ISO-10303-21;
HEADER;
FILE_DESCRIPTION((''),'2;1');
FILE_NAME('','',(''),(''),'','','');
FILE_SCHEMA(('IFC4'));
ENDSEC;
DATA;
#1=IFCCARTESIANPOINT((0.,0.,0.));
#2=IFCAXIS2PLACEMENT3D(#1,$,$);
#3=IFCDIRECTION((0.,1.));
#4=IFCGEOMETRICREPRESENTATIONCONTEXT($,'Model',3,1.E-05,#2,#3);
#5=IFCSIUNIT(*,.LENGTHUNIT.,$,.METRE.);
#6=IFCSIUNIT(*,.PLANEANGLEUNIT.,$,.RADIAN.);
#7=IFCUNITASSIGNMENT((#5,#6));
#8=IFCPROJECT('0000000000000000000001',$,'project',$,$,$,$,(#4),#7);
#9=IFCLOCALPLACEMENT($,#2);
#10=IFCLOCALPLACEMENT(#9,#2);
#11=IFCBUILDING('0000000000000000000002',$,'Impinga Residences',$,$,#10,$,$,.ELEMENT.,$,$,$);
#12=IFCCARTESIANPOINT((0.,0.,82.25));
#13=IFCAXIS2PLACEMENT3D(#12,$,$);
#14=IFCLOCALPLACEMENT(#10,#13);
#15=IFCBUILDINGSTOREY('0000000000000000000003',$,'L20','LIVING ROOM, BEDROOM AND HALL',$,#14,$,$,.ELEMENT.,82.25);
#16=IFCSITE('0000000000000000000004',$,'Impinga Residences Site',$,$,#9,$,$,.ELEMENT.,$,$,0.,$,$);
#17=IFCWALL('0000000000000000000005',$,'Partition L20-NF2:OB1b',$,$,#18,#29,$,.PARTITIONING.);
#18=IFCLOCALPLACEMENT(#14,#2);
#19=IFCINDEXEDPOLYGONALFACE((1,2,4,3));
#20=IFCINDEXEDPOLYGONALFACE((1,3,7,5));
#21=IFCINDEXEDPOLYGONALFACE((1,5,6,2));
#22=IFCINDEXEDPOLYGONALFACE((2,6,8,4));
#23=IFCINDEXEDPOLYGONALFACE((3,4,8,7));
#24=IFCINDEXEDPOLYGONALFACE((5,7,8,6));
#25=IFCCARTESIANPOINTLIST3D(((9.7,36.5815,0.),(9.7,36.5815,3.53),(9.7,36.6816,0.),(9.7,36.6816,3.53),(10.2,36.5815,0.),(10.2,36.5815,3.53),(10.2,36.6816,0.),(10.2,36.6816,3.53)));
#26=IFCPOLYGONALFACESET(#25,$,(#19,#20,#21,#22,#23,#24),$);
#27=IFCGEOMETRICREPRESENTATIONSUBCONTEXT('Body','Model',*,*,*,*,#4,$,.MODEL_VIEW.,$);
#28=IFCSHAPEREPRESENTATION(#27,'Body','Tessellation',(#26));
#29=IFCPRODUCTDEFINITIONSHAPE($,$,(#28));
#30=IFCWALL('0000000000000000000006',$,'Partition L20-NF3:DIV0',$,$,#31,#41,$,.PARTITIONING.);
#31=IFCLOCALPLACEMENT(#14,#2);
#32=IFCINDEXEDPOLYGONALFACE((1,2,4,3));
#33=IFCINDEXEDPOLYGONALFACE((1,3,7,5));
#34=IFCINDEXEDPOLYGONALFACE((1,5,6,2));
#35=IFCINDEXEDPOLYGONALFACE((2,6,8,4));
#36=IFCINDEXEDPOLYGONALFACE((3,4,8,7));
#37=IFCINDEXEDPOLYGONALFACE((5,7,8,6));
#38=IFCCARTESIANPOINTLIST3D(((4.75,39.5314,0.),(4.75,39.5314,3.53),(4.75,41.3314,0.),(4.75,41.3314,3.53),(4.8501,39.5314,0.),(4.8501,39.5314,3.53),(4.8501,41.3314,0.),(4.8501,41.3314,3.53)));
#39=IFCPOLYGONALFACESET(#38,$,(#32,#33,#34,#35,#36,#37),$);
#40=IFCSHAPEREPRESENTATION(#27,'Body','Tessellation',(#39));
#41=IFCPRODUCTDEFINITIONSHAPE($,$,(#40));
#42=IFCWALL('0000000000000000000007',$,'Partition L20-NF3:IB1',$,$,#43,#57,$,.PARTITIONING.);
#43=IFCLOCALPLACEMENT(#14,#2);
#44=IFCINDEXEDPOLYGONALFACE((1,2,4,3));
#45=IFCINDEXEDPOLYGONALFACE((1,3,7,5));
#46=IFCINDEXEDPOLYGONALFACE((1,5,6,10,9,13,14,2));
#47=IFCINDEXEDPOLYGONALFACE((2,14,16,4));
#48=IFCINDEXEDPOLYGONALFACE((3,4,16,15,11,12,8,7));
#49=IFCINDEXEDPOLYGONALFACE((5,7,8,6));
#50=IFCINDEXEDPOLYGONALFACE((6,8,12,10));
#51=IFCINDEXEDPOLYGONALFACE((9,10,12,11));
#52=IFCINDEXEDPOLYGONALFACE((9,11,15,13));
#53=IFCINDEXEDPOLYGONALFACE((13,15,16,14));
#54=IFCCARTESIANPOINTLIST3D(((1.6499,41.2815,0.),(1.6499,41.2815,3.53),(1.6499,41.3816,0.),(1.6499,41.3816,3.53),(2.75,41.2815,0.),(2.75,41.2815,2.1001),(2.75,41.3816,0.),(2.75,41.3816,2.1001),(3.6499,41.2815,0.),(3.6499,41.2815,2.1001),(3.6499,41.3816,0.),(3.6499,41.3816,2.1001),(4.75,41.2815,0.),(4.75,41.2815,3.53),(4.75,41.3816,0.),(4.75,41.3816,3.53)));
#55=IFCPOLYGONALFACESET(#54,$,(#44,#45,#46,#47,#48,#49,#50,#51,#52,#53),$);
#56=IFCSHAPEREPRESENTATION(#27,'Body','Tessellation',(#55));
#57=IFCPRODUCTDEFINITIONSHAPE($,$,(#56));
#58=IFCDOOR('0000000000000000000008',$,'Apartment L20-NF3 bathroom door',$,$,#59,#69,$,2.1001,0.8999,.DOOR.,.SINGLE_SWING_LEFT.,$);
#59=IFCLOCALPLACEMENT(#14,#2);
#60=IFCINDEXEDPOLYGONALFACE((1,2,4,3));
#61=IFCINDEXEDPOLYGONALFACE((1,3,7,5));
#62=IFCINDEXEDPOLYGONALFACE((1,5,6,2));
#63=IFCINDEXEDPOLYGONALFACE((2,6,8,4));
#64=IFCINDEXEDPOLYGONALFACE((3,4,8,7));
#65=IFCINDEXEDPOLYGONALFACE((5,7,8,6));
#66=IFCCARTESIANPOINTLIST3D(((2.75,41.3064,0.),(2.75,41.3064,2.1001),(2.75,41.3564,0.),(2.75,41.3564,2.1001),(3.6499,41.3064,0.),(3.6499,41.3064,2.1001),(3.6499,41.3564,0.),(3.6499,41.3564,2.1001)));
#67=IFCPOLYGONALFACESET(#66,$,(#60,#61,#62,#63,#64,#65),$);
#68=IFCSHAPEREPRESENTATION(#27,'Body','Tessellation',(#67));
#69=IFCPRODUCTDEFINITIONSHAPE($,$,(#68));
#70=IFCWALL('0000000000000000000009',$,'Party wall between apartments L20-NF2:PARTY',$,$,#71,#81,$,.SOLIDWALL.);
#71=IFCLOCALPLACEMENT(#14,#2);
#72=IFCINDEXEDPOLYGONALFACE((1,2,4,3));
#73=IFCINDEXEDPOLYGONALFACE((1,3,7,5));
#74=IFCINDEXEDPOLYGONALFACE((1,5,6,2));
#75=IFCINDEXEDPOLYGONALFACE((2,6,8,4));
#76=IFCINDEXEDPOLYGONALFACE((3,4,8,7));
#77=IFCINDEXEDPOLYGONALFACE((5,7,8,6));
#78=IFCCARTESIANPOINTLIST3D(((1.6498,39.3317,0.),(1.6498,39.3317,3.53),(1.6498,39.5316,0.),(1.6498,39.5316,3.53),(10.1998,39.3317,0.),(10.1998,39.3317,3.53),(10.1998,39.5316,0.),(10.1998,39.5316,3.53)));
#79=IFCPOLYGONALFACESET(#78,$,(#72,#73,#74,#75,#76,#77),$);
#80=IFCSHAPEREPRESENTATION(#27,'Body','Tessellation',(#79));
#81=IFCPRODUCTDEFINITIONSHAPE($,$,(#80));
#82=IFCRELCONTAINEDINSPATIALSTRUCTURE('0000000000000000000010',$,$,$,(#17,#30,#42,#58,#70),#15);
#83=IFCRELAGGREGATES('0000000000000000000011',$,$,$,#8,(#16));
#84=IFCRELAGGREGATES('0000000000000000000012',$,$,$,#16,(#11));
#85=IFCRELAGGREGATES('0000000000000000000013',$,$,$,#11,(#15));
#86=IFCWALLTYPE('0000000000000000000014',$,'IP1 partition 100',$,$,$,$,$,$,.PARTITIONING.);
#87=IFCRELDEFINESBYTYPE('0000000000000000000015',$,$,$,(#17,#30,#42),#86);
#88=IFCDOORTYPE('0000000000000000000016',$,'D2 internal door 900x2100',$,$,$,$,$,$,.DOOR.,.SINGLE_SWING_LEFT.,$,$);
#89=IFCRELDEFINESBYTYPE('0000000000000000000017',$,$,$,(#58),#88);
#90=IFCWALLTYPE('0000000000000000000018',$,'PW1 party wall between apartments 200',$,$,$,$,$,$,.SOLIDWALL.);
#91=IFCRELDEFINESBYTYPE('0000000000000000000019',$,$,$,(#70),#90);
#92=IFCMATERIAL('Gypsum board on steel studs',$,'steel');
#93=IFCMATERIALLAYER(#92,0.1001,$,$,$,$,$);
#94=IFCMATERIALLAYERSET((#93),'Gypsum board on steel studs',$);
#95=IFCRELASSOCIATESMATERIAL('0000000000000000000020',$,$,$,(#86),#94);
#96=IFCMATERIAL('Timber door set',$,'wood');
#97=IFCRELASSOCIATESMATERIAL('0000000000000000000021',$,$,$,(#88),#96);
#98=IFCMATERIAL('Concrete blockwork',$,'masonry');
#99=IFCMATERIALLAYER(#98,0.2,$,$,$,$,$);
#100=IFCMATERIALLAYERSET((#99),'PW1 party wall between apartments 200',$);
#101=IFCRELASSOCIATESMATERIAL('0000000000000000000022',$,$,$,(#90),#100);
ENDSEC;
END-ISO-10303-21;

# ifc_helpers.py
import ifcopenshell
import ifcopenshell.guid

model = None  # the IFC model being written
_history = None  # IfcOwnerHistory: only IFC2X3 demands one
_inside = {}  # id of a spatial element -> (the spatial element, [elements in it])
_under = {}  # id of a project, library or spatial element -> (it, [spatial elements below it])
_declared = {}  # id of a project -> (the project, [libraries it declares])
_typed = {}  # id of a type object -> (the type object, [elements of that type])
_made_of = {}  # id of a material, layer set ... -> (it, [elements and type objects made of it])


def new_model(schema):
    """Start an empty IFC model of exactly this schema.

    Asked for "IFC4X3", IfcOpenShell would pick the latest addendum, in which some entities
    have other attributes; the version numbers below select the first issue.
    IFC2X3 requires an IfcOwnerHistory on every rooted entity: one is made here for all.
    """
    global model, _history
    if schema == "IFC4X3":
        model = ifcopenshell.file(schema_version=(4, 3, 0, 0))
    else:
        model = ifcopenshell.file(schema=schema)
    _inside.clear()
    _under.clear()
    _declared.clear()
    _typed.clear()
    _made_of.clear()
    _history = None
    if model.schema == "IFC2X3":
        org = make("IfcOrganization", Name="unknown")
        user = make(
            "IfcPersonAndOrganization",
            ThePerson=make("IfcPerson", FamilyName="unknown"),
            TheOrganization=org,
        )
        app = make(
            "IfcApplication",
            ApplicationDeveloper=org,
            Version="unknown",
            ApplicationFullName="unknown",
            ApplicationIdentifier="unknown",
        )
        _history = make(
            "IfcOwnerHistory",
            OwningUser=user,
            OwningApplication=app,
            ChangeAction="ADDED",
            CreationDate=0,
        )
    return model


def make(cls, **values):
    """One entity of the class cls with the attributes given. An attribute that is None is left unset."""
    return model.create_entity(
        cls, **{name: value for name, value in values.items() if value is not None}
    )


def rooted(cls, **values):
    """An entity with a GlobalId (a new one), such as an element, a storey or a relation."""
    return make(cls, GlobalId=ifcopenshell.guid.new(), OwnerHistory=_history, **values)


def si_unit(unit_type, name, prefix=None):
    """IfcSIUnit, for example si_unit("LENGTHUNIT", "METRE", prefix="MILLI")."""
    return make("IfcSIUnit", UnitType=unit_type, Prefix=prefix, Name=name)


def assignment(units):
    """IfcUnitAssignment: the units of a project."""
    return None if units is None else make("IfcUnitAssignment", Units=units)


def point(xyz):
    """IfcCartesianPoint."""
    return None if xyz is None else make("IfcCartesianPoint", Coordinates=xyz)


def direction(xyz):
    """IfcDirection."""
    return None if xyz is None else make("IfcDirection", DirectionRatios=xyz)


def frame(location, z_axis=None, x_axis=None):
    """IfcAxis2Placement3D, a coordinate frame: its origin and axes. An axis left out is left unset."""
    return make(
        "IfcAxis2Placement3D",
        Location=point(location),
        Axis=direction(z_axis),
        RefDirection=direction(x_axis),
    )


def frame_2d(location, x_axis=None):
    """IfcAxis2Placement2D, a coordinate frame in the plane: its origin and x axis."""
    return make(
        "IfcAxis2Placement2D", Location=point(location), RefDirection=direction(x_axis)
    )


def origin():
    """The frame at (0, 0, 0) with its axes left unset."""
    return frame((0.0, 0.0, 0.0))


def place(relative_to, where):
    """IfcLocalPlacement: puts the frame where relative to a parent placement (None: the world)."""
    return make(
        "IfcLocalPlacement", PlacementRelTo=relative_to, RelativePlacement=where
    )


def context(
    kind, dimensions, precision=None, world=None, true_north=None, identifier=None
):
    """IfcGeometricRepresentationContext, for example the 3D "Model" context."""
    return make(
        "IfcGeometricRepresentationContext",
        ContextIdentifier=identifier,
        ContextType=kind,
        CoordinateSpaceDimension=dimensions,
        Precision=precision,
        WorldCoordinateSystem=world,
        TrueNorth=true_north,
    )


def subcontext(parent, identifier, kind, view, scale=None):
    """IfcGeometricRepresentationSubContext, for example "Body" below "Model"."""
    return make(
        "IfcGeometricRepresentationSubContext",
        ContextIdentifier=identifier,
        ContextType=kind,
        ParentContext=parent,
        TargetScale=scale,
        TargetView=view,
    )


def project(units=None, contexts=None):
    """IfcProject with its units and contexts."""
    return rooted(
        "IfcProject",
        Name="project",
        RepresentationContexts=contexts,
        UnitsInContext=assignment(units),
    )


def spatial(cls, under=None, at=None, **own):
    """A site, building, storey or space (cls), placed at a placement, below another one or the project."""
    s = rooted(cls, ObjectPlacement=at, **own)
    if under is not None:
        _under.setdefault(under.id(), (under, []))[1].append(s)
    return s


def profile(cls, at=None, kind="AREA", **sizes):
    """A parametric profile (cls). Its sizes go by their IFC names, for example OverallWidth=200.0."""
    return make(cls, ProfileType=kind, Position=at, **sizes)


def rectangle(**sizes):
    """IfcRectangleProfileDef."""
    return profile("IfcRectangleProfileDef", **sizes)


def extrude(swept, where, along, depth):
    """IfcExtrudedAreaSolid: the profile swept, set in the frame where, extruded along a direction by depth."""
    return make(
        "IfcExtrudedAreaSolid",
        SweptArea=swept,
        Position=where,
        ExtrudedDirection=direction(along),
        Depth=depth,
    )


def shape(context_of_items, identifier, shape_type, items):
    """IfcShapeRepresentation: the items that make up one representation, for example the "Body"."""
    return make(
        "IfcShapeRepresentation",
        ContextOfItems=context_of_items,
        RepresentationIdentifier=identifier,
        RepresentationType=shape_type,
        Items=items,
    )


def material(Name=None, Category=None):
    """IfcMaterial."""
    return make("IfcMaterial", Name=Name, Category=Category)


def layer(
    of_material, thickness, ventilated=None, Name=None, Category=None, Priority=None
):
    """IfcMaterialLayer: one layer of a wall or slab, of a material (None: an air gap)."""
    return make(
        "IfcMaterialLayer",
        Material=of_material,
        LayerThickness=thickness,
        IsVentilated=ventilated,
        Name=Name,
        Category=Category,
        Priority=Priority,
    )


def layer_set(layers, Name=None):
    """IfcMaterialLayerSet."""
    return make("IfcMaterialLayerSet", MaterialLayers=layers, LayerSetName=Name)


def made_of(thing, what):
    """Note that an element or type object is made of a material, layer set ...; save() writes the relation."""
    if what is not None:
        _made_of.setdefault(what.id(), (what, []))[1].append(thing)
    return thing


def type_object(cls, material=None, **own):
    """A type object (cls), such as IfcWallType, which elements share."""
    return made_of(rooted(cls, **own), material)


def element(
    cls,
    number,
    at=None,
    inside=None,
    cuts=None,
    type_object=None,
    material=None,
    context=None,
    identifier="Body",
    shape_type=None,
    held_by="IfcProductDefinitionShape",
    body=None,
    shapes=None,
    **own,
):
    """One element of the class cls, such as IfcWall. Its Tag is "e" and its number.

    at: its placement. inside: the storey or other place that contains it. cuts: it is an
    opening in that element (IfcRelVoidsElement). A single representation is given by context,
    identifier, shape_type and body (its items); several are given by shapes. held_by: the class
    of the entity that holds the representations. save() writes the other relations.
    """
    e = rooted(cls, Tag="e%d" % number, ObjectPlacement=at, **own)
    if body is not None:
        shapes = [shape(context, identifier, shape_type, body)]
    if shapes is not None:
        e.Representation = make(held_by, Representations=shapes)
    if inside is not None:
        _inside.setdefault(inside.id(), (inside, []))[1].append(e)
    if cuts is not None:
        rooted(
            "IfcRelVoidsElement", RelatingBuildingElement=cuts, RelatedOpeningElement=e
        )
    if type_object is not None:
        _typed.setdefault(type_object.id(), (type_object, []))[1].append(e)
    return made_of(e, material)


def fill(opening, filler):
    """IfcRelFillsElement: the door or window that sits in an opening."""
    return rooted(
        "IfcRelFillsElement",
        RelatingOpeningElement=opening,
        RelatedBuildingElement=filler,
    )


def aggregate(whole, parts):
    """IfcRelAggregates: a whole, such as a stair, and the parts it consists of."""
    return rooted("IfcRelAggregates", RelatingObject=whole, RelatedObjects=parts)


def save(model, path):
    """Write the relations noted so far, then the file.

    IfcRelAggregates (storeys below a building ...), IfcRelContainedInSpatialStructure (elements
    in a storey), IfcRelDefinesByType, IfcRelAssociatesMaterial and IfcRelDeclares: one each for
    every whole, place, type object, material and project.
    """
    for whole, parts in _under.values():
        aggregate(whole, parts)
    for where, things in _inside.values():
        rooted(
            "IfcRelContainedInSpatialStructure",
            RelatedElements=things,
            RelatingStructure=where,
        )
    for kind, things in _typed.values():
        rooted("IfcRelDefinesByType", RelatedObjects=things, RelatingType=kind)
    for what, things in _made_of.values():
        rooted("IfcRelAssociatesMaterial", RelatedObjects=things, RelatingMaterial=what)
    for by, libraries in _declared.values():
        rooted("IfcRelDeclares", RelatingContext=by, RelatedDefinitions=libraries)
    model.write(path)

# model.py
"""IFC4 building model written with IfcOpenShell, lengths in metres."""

from ifc_helpers import new_model, si_unit, direction, frame, frame_2d, origin, place, context, subcontext, project, spatial, rectangle, extrude, material, layer, layer_set, type_object, element, fill, save


model = new_model("IFC4")

# Units and contexts
model_context = context("Model", 3, precision=1e-05, world=origin(), true_north=direction((0.0, 1.0)))
body_context = subcontext(model_context, "Body", "Model", "MODEL_VIEW")
ifc_project = project(units=[si_unit("LENGTHUNIT", "METRE"), si_unit("PLANEANGLEUNIT", "RADIAN")], contexts=[model_context])

# Site, building, storey
site_placement = place(None, origin())
site = spatial("IfcSite", under=ifc_project, at=site_placement, Name="Impinga Residences Site", CompositionType="ELEMENT", RefElevation=0.0)
building_placement = place(site_placement, origin())
building = spatial("IfcBuilding", under=site, at=building_placement, Name="Impinga Residences", CompositionType="ELEMENT")
storey_placement = place(building_placement, frame((0.0, 0.0, 82.25)))
storey = spatial("IfcBuildingStorey", under=building, at=storey_placement, Name="L20", Description="LIVING ROOM, BEDROOM AND HALL", CompositionType="ELEMENT", Elevation=82.25)

# Shared definitions
ifc_material_1 = material(Name="Gypsum board on steel studs", Category="steel")
ifc_layer_1 = layer(ifc_material_1, 0.1001)
ifc_layer_set_1 = layer_set([ifc_layer_1], Name="Gypsum board on steel studs")
wall_type_1 = type_object("IfcWallType", Name="IP1 partition 100", PredefinedType="PARTITIONING", material=ifc_layer_set_1)

# Shared definitions
ifc_material_2 = material(Name="Timber door set", Category="wood")
door_type = type_object("IfcDoorType", Name="D2 internal door 900x2100", OperationType="SINGLE_SWING_LEFT", PredefinedType="DOOR", material=ifc_material_2)

# Walls
wall_1_placement = place(storey_placement, frame((9.7, 36.6316, 0.0), z_axis=(0.0, 0.0, 1.0), x_axis=(1.0, 0.0, 0.0)))
element("IfcWall", 1, at=wall_1_placement, inside=storey, type_object=wall_type_1, Name="Partition L20-NF2:OB1b", PredefinedType="PARTITIONING", context=body_context, shape_type="SweptSolid", body=[
    extrude(rectangle(XDim=0.5, YDim=0.1001, at=frame_2d((0.25, 0.0))), origin(), (0.0, 0.0, 1.0), 3.53),
])
wall_2_placement = place(storey_placement, frame((4.8, 39.5315, 0.0), z_axis=(0.0, 0.0, 1.0), x_axis=(0.0, 1.0, 0.0)))
element("IfcWall", 2, at=wall_2_placement, inside=storey, type_object=wall_type_1, Name="Partition L20-NF3:DIV0", PredefinedType="PARTITIONING", context=body_context, shape_type="SweptSolid", body=[
    extrude(rectangle(XDim=1.8, YDim=0.1001, at=frame_2d((0.8999, 0.0))), origin(), (0.0, 0.0, 1.0), 3.53),
])

# Wall, opening, door
wall_3_placement = place(storey_placement, frame((1.6499, 41.3315, 0.0), z_axis=(0.0, 0.0, 1.0), x_axis=(1.0, 0.0, 0.0)))
wall_3 = element("IfcWall", 3, at=wall_3_placement, inside=storey, type_object=wall_type_1, Name="Partition L20-NF3:IB1", PredefinedType="PARTITIONING", context=body_context, shape_type="SweptSolid", body=[
    extrude(rectangle(XDim=3.1001, YDim=0.1001, at=frame_2d((1.55, 0.0))), origin(), (0.0, 0.0, 1.0), 3.53),
])
opening_1_placement = place(wall_3_placement, frame((1.1001, 0.0, 0.0)))
opening_1 = element("IfcOpeningElement", 4, at=opening_1_placement, cuts=wall_3, PredefinedType="OPENING", context=body_context, shape_type="SweptSolid", body=[
    extrude(rectangle(XDim=0.8999, YDim=2.1001, at=frame_2d((0.45, 1.05))), frame((0.0, 0.0601, 0.0), z_axis=(0.0, -1.0, 0.0), x_axis=(1.0, 0.0, 0.0)), (0.0, 0.0, 1.0), 0.1201),
])
door_1_placement = place(opening_1_placement, origin())
door_1 = element("IfcDoor", 5, at=door_1_placement, inside=storey, type_object=door_type, Name="Apartment L20-NF3 bathroom door", OperationType="SINGLE_SWING_LEFT", OverallHeight=2.1001, OverallWidth=0.8999, PredefinedType="DOOR", context=body_context, shape_type="SweptSolid", body=[
    extrude(rectangle(XDim=0.8999, YDim=2.1001, at=frame_2d((0.45, 1.05))), frame((0.0, 0.0249, 0.0), z_axis=(0.0, -1.0, 0.0), x_axis=(1.0, 0.0, 0.0)), (0.0, 0.0, 1.0), 0.05),
])
fill(opening_1, door_1)

# Wall
ifc_material_3 = material(Name="Concrete blockwork", Category="masonry")
ifc_layer_2 = layer(ifc_material_3, 0.2)
ifc_layer_set_2 = layer_set([ifc_layer_2], Name="PW1 party wall between apartments 200")
wall_type_2 = type_object("IfcWallType", Name="PW1 party wall between apartments 200", PredefinedType="SOLIDWALL", material=ifc_layer_set_2)
wall_4_placement = place(storey_placement, frame((1.6499, 39.4316, 0.0), z_axis=(0.0, 0.0, 1.0), x_axis=(1.0, 0.0, 0.0)))
element("IfcWall", 6, at=wall_4_placement, inside=storey, type_object=wall_type_2, Name="Party wall between apartments L20-NF2:PARTY", PredefinedType="SOLIDWALL", context=body_context, shape_type="SweptSolid", body=[
    extrude(rectangle(XDim=8.55, YDim=0.2, at=frame_2d((4.2749, 0.0))), origin(), (0.0, 0.0, 1.0), 3.53),
])

save(model, "model.ifc")
